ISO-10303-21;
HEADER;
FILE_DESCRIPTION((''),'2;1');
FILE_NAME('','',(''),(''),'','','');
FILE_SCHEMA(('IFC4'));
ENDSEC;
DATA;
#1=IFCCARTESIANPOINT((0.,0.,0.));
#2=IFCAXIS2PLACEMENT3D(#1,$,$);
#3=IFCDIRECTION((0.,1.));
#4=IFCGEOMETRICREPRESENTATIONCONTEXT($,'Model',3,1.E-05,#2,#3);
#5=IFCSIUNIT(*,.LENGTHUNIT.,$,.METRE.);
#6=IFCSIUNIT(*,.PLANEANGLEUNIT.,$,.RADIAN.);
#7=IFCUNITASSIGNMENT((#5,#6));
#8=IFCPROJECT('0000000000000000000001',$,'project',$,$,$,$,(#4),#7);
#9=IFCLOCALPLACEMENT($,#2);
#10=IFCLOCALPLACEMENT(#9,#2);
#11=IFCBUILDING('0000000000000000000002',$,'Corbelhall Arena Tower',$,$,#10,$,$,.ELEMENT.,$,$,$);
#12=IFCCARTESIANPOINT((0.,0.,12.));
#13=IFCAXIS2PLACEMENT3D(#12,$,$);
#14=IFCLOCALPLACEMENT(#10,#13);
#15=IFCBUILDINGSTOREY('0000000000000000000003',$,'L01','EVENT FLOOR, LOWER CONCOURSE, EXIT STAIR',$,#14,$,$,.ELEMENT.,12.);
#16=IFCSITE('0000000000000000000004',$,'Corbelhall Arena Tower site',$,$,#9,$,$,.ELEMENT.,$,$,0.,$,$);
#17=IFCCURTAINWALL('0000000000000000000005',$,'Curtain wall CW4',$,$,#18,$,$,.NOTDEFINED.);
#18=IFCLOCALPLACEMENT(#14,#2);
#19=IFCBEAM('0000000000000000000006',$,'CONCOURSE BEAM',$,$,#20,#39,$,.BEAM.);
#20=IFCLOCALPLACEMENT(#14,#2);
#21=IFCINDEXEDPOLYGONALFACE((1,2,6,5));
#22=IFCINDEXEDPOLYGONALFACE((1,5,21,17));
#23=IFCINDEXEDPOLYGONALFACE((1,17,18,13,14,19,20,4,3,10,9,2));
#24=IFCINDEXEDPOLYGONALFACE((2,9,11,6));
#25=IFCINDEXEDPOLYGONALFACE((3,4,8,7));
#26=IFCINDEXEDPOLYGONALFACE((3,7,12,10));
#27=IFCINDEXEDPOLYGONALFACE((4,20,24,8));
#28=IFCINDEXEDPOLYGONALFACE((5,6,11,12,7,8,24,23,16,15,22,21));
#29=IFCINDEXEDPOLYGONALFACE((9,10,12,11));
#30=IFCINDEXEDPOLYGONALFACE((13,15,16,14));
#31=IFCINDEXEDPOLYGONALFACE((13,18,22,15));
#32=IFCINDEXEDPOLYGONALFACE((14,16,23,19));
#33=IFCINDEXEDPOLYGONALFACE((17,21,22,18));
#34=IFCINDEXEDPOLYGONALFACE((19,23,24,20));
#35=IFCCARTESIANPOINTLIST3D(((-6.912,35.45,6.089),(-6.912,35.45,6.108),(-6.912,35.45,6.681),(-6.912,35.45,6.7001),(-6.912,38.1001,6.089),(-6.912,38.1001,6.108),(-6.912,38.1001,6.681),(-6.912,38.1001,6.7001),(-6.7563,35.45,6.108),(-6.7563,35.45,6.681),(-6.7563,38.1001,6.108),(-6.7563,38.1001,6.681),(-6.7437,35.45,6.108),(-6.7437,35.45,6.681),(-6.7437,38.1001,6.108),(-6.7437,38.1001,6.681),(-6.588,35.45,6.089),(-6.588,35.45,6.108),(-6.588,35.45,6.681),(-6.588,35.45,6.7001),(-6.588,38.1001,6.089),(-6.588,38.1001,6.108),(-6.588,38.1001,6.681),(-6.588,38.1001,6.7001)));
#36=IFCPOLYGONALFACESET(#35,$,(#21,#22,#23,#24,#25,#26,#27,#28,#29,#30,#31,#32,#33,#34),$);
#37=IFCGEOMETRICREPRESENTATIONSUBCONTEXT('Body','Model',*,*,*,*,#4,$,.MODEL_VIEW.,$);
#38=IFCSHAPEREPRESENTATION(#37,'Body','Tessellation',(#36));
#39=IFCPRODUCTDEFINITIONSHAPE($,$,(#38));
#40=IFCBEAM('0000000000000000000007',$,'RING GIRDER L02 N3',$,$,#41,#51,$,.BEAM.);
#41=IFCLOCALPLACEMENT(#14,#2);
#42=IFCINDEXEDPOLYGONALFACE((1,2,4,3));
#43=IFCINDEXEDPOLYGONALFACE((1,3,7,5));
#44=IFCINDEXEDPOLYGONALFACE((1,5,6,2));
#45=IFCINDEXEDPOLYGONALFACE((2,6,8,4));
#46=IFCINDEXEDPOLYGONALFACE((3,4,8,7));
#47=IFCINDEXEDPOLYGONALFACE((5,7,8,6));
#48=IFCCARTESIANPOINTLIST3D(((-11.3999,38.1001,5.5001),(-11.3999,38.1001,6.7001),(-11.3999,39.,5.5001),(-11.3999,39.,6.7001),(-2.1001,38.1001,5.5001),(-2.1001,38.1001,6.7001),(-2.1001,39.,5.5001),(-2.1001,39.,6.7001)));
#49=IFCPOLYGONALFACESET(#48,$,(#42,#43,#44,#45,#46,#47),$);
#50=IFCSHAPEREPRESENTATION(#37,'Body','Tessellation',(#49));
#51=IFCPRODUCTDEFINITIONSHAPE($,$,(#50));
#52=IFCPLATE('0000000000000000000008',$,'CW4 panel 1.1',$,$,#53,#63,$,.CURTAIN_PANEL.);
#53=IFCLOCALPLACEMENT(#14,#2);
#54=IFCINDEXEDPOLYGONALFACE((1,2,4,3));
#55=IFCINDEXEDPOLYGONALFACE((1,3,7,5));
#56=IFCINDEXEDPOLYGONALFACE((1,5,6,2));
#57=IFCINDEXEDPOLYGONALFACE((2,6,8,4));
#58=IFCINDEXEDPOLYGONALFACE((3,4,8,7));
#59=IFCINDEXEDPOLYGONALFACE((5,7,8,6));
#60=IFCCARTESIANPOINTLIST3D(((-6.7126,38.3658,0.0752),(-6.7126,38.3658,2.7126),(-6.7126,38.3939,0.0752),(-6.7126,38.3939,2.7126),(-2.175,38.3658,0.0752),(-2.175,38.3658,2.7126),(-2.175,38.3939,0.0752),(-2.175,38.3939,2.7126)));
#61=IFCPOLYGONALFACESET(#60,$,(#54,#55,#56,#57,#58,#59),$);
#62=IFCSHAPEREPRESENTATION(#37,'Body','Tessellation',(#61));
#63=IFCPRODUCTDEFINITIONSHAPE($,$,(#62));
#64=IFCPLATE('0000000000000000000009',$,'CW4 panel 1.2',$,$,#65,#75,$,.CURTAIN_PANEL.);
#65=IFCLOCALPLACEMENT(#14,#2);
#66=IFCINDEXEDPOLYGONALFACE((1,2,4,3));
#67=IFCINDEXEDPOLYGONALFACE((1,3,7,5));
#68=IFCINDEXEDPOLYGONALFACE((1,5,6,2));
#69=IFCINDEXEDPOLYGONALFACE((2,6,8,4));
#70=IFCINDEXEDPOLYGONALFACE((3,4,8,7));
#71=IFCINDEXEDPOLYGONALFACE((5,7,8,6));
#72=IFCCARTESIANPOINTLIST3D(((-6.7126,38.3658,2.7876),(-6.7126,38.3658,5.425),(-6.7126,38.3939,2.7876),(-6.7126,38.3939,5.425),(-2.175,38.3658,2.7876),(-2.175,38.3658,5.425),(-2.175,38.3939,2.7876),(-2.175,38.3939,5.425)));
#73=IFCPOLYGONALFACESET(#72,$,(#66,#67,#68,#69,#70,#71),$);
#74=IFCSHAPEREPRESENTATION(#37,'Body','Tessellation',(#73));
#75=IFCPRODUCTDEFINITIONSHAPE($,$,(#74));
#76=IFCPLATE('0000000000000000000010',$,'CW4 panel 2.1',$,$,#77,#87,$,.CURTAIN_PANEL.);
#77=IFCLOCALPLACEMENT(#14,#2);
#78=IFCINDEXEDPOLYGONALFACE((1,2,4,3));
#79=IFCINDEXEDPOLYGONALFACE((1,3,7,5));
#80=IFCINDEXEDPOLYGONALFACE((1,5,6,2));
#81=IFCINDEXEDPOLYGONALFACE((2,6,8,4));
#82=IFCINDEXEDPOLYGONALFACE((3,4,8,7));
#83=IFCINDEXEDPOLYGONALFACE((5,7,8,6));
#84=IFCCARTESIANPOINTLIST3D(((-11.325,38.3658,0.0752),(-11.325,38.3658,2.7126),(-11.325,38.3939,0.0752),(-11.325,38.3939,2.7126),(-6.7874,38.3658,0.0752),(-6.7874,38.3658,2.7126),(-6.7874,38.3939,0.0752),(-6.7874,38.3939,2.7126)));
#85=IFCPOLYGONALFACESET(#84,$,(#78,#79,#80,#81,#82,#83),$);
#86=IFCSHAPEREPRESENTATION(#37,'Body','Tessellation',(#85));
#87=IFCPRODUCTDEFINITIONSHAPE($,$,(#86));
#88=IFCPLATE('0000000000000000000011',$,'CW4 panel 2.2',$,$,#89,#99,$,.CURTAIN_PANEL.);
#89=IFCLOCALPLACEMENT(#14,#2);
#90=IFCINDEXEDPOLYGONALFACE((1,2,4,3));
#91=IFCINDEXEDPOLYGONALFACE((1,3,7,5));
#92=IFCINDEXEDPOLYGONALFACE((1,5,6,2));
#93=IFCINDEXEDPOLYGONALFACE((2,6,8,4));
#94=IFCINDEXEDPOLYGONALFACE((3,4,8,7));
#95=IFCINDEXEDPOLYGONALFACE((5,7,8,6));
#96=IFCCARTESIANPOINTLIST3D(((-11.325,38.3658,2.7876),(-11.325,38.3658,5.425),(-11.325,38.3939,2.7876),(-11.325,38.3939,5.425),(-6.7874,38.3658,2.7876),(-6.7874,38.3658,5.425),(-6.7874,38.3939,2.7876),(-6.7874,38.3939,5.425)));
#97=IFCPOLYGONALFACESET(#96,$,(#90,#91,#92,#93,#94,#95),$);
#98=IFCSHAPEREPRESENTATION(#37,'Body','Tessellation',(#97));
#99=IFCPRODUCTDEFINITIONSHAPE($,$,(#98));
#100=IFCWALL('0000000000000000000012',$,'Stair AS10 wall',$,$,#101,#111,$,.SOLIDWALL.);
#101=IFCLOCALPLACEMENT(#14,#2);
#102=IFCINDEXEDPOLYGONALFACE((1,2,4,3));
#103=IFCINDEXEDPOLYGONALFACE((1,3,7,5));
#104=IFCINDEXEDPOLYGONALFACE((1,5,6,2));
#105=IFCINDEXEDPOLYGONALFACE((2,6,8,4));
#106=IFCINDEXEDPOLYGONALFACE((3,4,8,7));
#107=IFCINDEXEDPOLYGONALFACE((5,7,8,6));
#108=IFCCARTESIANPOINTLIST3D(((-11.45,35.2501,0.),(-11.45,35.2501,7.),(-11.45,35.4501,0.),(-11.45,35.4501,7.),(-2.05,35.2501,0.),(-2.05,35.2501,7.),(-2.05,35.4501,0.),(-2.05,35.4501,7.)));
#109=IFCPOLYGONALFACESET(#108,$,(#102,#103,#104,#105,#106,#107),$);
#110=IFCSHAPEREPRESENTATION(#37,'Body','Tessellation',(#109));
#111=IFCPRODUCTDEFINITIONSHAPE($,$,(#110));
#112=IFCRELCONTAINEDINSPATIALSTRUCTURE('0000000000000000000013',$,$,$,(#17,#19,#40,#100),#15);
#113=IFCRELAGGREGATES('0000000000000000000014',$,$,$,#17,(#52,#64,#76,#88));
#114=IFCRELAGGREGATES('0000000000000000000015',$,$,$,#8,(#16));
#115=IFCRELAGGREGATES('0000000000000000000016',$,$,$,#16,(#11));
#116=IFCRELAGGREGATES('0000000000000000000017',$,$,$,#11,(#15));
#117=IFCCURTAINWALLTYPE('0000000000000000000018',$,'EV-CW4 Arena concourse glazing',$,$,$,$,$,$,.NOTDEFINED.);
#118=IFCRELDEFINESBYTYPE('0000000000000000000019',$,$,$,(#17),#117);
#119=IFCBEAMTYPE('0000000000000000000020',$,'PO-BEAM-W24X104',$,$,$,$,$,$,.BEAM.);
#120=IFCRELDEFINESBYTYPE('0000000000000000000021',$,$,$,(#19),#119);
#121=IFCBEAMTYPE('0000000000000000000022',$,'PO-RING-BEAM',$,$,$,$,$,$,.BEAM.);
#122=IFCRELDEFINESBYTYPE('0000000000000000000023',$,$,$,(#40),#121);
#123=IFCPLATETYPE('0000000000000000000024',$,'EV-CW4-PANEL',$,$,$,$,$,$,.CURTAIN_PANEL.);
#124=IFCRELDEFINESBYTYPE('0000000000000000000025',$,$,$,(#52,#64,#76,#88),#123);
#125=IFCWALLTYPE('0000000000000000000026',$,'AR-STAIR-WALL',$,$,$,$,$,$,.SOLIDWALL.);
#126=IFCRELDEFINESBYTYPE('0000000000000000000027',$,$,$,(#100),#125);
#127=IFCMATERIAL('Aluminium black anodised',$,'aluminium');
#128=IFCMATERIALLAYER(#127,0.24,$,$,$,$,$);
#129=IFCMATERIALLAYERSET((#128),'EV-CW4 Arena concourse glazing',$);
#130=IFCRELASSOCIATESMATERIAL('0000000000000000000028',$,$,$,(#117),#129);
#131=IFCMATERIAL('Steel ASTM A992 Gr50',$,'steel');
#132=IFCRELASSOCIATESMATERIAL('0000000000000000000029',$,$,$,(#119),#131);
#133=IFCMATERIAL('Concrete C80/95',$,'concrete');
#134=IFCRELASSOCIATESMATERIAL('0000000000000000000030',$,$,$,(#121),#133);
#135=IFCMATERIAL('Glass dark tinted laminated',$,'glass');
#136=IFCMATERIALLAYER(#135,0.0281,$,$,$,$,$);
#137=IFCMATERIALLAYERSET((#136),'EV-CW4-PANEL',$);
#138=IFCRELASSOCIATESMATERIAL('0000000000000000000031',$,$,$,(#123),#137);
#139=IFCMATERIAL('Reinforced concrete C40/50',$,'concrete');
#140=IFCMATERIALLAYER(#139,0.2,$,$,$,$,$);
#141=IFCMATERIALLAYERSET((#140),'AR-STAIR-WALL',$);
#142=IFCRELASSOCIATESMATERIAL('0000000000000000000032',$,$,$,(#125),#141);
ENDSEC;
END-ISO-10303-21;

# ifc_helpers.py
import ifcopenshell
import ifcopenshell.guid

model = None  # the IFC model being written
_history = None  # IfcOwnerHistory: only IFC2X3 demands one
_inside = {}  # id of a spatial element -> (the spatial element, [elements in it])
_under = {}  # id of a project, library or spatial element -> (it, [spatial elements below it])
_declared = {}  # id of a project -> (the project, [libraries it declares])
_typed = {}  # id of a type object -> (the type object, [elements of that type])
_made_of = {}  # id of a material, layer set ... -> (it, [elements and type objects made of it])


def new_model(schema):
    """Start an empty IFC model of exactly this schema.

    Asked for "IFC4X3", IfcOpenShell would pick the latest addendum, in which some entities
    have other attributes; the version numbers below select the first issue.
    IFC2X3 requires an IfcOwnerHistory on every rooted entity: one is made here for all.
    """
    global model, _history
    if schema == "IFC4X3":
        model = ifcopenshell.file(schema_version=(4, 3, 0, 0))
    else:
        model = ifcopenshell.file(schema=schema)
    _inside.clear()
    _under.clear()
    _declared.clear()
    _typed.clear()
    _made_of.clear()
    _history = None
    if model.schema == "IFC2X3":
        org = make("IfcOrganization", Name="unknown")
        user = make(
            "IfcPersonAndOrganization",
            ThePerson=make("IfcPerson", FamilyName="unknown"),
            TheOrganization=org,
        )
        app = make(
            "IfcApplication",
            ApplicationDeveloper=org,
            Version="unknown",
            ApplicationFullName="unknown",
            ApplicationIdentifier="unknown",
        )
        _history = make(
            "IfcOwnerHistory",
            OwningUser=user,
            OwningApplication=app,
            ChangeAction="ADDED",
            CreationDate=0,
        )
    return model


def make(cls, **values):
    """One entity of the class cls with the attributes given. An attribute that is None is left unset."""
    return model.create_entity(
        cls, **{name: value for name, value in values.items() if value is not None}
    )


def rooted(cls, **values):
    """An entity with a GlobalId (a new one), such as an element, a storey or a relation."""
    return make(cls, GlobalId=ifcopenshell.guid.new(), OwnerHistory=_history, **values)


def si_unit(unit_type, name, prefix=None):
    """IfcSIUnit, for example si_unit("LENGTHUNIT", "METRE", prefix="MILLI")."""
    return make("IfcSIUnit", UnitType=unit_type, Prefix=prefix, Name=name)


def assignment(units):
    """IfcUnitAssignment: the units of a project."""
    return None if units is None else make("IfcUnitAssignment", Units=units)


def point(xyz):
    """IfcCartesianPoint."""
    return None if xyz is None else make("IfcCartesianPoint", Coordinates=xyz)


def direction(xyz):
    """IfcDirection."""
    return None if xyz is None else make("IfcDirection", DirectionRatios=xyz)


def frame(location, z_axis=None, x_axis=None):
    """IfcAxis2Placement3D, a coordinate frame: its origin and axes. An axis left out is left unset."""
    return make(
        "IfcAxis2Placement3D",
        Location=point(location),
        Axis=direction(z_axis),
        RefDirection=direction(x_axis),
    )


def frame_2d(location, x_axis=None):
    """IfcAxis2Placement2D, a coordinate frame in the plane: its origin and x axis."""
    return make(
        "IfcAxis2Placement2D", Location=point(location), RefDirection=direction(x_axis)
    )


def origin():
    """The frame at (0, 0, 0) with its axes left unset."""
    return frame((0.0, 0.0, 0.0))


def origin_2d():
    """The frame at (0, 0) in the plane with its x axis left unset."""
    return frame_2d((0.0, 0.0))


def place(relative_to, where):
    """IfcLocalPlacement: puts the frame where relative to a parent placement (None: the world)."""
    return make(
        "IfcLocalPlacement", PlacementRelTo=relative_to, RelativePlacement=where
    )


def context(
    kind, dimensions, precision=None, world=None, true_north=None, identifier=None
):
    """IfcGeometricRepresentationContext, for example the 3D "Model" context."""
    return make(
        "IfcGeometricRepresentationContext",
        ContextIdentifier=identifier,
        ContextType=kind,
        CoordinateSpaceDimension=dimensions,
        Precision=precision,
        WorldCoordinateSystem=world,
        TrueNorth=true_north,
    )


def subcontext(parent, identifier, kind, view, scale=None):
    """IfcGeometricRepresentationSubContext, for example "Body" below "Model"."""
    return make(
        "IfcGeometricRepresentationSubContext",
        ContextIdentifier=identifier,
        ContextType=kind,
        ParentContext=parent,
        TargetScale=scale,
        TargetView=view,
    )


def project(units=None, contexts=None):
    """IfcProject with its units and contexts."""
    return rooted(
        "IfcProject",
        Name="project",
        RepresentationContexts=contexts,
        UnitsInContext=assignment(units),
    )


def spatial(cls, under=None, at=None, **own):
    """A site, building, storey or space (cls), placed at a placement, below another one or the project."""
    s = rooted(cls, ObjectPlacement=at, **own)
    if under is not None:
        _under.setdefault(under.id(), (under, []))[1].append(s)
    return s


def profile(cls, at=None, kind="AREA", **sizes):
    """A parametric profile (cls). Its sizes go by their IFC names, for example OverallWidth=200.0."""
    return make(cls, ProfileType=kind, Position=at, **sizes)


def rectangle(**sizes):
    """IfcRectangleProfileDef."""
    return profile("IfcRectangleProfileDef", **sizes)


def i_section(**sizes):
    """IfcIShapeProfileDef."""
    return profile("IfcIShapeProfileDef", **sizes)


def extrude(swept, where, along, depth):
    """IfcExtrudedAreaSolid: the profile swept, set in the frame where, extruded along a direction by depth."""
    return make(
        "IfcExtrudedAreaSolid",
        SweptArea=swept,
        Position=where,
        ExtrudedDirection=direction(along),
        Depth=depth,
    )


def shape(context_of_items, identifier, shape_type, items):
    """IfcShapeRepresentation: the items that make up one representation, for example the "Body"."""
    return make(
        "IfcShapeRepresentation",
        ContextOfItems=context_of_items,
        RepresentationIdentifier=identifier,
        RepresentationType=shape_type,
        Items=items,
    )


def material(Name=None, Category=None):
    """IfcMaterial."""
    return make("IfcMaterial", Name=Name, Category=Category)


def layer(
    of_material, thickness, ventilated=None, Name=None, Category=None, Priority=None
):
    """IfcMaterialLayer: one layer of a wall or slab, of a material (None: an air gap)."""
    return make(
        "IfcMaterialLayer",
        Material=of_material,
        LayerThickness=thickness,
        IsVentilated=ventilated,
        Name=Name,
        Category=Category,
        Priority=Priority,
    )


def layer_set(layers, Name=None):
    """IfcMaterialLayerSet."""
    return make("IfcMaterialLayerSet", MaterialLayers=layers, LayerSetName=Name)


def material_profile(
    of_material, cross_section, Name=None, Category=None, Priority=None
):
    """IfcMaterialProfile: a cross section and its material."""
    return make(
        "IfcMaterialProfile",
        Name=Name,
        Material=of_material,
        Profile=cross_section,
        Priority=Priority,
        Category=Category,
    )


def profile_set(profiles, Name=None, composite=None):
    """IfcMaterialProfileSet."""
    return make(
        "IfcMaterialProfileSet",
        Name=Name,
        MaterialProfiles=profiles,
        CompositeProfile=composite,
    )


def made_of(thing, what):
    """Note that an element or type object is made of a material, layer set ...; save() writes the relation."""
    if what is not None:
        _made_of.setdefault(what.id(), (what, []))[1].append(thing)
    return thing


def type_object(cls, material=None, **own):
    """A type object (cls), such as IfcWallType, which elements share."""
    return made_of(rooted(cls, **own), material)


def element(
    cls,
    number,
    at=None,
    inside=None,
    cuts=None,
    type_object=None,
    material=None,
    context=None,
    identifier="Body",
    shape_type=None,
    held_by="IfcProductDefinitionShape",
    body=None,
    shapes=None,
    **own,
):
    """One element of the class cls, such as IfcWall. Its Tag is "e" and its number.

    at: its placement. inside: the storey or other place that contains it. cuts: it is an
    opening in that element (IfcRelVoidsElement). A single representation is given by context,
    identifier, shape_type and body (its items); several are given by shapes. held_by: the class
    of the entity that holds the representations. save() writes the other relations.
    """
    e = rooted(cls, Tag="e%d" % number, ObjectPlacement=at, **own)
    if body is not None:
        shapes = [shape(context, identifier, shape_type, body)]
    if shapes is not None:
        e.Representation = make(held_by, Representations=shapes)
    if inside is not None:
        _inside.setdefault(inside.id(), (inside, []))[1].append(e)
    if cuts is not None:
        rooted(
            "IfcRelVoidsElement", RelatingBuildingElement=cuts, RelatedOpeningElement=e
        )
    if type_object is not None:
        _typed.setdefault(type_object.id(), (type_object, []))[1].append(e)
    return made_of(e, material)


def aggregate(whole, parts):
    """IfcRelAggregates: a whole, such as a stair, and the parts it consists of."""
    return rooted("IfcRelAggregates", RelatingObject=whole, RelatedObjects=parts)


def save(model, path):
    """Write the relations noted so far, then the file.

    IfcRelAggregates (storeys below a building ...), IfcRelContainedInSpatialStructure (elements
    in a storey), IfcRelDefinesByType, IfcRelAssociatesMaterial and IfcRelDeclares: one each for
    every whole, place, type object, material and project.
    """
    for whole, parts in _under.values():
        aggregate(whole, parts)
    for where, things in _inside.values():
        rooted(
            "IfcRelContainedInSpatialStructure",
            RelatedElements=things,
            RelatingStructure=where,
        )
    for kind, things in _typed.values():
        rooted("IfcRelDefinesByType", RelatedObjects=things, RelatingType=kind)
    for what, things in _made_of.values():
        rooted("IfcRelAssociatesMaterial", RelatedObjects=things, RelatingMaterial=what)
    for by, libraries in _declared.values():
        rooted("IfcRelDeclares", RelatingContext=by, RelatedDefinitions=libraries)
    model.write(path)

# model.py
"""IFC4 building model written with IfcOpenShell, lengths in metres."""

from ifc_helpers import new_model, si_unit, direction, frame, frame_2d, origin, origin_2d, place, context, subcontext, project, spatial, rectangle, i_section, extrude, material, layer, layer_set, material_profile, profile_set, type_object, element, aggregate, save


model = new_model("IFC4")

# Units and contexts
model_context = context("Model", 3, precision=1e-05, world=origin(), true_north=direction((0.0, 1.0)))
body_context = subcontext(model_context, "Body", "Model", "MODEL_VIEW")
ifc_project = project(units=[si_unit("LENGTHUNIT", "METRE"), si_unit("PLANEANGLEUNIT", "RADIAN")], contexts=[model_context])

# Site, building, storey
site_placement = place(None, origin())
site = spatial("IfcSite", under=ifc_project, at=site_placement, Name="Corbelhall Arena Tower site", CompositionType="ELEMENT", RefElevation=0.0)
building_placement = place(site_placement, origin())
building = spatial("IfcBuilding", under=site, at=building_placement, Name="Corbelhall Arena Tower", CompositionType="ELEMENT")
storey_placement = place(building_placement, frame((0.0, 0.0, 12.0)))
storey = spatial("IfcBuildingStorey", under=building, at=storey_placement, Name="L01", Description="EVENT FLOOR, LOWER CONCOURSE, EXIT STAIR", CompositionType="ELEMENT", Elevation=12.0)

# Shared definitions
ifc_material_1 = material(Name="Concrete C80/95", Category="concrete")

# Curtain wall
ifc_material_2 = material(Name="Aluminium black anodised", Category="aluminium")
ifc_layer_1 = layer(ifc_material_2, 0.24)
ifc_layer_set_1 = layer_set([ifc_layer_1], Name="EV-CW4 Arena concourse glazing")
curtain_wall_type = type_object("IfcCurtainWallType", Name="EV-CW4 Arena concourse glazing", PredefinedType="NOTDEFINED", material=ifc_layer_set_1)
curtain_wall_1_placement = place(storey_placement, origin())
curtain_wall_1 = element("IfcCurtainWall", 1, at=curtain_wall_1_placement, inside=storey, type_object=curtain_wall_type, Name="Curtain wall CW4", PredefinedType="NOTDEFINED")

# Beams
ifc_material_3 = material(Name="Steel ASTM A992 Gr50", Category="steel")
ifc_material_profile_1 = material_profile(ifc_material_3, i_section(OverallWidth=0.324, OverallDepth=0.6111, WebThickness=0.0127, FlangeThickness=0.019, at=origin_2d()))
ifc_profile_set_1 = profile_set([ifc_material_profile_1], Name="Steel ASTM A992 Gr50")
beam_type_1 = type_object("IfcBeamType", Name="PO-BEAM-W24X104", PredefinedType="BEAM", material=ifc_profile_set_1)
beam_1_placement = place(storey_placement, frame((-6.75, 35.45, 6.3945), z_axis=(0.0, 1.0, 0.0), x_axis=(-1.0, 0.0, 0.0)))
element("IfcBeam", 2, at=beam_1_placement, inside=storey, type_object=beam_type_1, Name="CONCOURSE BEAM", PredefinedType="BEAM", context=body_context, shape_type="SweptSolid", body=[
    extrude(i_section(OverallWidth=0.324, OverallDepth=0.6111, WebThickness=0.0127, FlangeThickness=0.019, at=origin_2d()), origin(), (0.0, 0.0, 1.0), 2.6501),
])
ifc_material_profile_2 = material_profile(ifc_material_1, rectangle(XDim=0.8999, YDim=1.2, at=origin_2d()))
ifc_profile_set_2 = profile_set([ifc_material_profile_2], Name="Concrete C80/95")
beam_type_2 = type_object("IfcBeamType", Name="PO-RING-BEAM", PredefinedType="BEAM", material=ifc_profile_set_2)
beam_2_placement = place(storey_placement, frame((-11.3999, 38.55, 6.1001), z_axis=(1.0, 0.0, 0.0), x_axis=(0.0, 1.0, 0.0)))
element("IfcBeam", 3, at=beam_2_placement, inside=storey, type_object=beam_type_2, Name="RING GIRDER L02 N3", PredefinedType="BEAM", context=body_context, shape_type="SweptSolid", body=[
    extrude(rectangle(XDim=0.8999, YDim=1.2, at=origin_2d()), origin(), (0.0, 0.0, 1.0), 9.2998),
])

# Plates
ifc_material_4 = material(Name="Glass dark tinted laminated", Category="glass")
ifc_layer_2 = layer(ifc_material_4, 0.0281)
ifc_layer_set_2 = layer_set([ifc_layer_2], Name="EV-CW4-PANEL")
plate_type = type_object("IfcPlateType", Name="EV-CW4-PANEL", PredefinedType="CURTAIN_PANEL", material=ifc_layer_set_2)
plate_1_placement = place(storey_placement, frame((-4.4438, 38.3799, 0.0752), z_axis=(0.0, 0.0, 1.0), x_axis=(-1.0, 0.0, 0.0)))
plate_1 = element("IfcPlate", 4, at=plate_1_placement, type_object=plate_type, Name="CW4 panel 1.1", PredefinedType="CURTAIN_PANEL", context=body_context, shape_type="SweptSolid", body=[
    extrude(rectangle(XDim=4.5376, YDim=0.0281, at=origin_2d()), origin(), (0.0, 0.0, 1.0), 2.6375),
])
plate_2_placement = place(storey_placement, frame((-4.4438, 38.3799, 2.7876), z_axis=(0.0, 0.0, 1.0), x_axis=(-1.0, 0.0, 0.0)))
plate_2 = element("IfcPlate", 5, at=plate_2_placement, type_object=plate_type, Name="CW4 panel 1.2", PredefinedType="CURTAIN_PANEL", context=body_context, shape_type="SweptSolid", body=[
    extrude(rectangle(XDim=4.5376, YDim=0.0281, at=origin_2d()), origin(), (0.0, 0.0, 1.0), 2.6375),
])
plate_3_placement = place(storey_placement, frame((-9.0562, 38.3799, 0.0752), z_axis=(0.0, 0.0, 1.0), x_axis=(-1.0, 0.0, 0.0)))
plate_3 = element("IfcPlate", 6, at=plate_3_placement, type_object=plate_type, Name="CW4 panel 2.1", PredefinedType="CURTAIN_PANEL", context=body_context, shape_type="SweptSolid", body=[
    extrude(rectangle(XDim=4.5376, YDim=0.0281, at=origin_2d()), origin(), (0.0, 0.0, 1.0), 2.6375),
])
plate_4_placement = place(storey_placement, frame((-9.0562, 38.3799, 2.7876), z_axis=(0.0, 0.0, 1.0), x_axis=(-1.0, 0.0, 0.0)))
plate_4 = element("IfcPlate", 7, at=plate_4_placement, type_object=plate_type, Name="CW4 panel 2.2", PredefinedType="CURTAIN_PANEL", context=body_context, shape_type="SweptSolid", body=[
    extrude(rectangle(XDim=4.5376, YDim=0.0281, at=origin_2d()), origin(), (0.0, 0.0, 1.0), 2.6375),
])
aggregate(curtain_wall_1, [plate_1, plate_2, plate_3, plate_4])

# Wall
ifc_material_5 = material(Name="Reinforced concrete C40/50", Category="concrete")
ifc_layer_3 = layer(ifc_material_5, 0.2)
ifc_layer_set_3 = layer_set([ifc_layer_3], Name="AR-STAIR-WALL")
wall_type = type_object("IfcWallType", Name="AR-STAIR-WALL", PredefinedType="SOLIDWALL", material=ifc_layer_set_3)
wall_placement = place(storey_placement, frame((-11.45, 35.3501, 0.0), z_axis=(0.0, 0.0, 1.0), x_axis=(1.0, 0.0, 0.0)))
element("IfcWall", 8, at=wall_placement, inside=storey, type_object=wall_type, Name="Stair AS10 wall", PredefinedType="SOLIDWALL", context=body_context, shape_type="SweptSolid", body=[
    extrude(rectangle(XDim=9.3999, YDim=0.2, at=frame_2d((4.7, 0.0))), origin(), (0.0, 0.0, 1.0), 7.0),
])

save(model, "model.ifc")
